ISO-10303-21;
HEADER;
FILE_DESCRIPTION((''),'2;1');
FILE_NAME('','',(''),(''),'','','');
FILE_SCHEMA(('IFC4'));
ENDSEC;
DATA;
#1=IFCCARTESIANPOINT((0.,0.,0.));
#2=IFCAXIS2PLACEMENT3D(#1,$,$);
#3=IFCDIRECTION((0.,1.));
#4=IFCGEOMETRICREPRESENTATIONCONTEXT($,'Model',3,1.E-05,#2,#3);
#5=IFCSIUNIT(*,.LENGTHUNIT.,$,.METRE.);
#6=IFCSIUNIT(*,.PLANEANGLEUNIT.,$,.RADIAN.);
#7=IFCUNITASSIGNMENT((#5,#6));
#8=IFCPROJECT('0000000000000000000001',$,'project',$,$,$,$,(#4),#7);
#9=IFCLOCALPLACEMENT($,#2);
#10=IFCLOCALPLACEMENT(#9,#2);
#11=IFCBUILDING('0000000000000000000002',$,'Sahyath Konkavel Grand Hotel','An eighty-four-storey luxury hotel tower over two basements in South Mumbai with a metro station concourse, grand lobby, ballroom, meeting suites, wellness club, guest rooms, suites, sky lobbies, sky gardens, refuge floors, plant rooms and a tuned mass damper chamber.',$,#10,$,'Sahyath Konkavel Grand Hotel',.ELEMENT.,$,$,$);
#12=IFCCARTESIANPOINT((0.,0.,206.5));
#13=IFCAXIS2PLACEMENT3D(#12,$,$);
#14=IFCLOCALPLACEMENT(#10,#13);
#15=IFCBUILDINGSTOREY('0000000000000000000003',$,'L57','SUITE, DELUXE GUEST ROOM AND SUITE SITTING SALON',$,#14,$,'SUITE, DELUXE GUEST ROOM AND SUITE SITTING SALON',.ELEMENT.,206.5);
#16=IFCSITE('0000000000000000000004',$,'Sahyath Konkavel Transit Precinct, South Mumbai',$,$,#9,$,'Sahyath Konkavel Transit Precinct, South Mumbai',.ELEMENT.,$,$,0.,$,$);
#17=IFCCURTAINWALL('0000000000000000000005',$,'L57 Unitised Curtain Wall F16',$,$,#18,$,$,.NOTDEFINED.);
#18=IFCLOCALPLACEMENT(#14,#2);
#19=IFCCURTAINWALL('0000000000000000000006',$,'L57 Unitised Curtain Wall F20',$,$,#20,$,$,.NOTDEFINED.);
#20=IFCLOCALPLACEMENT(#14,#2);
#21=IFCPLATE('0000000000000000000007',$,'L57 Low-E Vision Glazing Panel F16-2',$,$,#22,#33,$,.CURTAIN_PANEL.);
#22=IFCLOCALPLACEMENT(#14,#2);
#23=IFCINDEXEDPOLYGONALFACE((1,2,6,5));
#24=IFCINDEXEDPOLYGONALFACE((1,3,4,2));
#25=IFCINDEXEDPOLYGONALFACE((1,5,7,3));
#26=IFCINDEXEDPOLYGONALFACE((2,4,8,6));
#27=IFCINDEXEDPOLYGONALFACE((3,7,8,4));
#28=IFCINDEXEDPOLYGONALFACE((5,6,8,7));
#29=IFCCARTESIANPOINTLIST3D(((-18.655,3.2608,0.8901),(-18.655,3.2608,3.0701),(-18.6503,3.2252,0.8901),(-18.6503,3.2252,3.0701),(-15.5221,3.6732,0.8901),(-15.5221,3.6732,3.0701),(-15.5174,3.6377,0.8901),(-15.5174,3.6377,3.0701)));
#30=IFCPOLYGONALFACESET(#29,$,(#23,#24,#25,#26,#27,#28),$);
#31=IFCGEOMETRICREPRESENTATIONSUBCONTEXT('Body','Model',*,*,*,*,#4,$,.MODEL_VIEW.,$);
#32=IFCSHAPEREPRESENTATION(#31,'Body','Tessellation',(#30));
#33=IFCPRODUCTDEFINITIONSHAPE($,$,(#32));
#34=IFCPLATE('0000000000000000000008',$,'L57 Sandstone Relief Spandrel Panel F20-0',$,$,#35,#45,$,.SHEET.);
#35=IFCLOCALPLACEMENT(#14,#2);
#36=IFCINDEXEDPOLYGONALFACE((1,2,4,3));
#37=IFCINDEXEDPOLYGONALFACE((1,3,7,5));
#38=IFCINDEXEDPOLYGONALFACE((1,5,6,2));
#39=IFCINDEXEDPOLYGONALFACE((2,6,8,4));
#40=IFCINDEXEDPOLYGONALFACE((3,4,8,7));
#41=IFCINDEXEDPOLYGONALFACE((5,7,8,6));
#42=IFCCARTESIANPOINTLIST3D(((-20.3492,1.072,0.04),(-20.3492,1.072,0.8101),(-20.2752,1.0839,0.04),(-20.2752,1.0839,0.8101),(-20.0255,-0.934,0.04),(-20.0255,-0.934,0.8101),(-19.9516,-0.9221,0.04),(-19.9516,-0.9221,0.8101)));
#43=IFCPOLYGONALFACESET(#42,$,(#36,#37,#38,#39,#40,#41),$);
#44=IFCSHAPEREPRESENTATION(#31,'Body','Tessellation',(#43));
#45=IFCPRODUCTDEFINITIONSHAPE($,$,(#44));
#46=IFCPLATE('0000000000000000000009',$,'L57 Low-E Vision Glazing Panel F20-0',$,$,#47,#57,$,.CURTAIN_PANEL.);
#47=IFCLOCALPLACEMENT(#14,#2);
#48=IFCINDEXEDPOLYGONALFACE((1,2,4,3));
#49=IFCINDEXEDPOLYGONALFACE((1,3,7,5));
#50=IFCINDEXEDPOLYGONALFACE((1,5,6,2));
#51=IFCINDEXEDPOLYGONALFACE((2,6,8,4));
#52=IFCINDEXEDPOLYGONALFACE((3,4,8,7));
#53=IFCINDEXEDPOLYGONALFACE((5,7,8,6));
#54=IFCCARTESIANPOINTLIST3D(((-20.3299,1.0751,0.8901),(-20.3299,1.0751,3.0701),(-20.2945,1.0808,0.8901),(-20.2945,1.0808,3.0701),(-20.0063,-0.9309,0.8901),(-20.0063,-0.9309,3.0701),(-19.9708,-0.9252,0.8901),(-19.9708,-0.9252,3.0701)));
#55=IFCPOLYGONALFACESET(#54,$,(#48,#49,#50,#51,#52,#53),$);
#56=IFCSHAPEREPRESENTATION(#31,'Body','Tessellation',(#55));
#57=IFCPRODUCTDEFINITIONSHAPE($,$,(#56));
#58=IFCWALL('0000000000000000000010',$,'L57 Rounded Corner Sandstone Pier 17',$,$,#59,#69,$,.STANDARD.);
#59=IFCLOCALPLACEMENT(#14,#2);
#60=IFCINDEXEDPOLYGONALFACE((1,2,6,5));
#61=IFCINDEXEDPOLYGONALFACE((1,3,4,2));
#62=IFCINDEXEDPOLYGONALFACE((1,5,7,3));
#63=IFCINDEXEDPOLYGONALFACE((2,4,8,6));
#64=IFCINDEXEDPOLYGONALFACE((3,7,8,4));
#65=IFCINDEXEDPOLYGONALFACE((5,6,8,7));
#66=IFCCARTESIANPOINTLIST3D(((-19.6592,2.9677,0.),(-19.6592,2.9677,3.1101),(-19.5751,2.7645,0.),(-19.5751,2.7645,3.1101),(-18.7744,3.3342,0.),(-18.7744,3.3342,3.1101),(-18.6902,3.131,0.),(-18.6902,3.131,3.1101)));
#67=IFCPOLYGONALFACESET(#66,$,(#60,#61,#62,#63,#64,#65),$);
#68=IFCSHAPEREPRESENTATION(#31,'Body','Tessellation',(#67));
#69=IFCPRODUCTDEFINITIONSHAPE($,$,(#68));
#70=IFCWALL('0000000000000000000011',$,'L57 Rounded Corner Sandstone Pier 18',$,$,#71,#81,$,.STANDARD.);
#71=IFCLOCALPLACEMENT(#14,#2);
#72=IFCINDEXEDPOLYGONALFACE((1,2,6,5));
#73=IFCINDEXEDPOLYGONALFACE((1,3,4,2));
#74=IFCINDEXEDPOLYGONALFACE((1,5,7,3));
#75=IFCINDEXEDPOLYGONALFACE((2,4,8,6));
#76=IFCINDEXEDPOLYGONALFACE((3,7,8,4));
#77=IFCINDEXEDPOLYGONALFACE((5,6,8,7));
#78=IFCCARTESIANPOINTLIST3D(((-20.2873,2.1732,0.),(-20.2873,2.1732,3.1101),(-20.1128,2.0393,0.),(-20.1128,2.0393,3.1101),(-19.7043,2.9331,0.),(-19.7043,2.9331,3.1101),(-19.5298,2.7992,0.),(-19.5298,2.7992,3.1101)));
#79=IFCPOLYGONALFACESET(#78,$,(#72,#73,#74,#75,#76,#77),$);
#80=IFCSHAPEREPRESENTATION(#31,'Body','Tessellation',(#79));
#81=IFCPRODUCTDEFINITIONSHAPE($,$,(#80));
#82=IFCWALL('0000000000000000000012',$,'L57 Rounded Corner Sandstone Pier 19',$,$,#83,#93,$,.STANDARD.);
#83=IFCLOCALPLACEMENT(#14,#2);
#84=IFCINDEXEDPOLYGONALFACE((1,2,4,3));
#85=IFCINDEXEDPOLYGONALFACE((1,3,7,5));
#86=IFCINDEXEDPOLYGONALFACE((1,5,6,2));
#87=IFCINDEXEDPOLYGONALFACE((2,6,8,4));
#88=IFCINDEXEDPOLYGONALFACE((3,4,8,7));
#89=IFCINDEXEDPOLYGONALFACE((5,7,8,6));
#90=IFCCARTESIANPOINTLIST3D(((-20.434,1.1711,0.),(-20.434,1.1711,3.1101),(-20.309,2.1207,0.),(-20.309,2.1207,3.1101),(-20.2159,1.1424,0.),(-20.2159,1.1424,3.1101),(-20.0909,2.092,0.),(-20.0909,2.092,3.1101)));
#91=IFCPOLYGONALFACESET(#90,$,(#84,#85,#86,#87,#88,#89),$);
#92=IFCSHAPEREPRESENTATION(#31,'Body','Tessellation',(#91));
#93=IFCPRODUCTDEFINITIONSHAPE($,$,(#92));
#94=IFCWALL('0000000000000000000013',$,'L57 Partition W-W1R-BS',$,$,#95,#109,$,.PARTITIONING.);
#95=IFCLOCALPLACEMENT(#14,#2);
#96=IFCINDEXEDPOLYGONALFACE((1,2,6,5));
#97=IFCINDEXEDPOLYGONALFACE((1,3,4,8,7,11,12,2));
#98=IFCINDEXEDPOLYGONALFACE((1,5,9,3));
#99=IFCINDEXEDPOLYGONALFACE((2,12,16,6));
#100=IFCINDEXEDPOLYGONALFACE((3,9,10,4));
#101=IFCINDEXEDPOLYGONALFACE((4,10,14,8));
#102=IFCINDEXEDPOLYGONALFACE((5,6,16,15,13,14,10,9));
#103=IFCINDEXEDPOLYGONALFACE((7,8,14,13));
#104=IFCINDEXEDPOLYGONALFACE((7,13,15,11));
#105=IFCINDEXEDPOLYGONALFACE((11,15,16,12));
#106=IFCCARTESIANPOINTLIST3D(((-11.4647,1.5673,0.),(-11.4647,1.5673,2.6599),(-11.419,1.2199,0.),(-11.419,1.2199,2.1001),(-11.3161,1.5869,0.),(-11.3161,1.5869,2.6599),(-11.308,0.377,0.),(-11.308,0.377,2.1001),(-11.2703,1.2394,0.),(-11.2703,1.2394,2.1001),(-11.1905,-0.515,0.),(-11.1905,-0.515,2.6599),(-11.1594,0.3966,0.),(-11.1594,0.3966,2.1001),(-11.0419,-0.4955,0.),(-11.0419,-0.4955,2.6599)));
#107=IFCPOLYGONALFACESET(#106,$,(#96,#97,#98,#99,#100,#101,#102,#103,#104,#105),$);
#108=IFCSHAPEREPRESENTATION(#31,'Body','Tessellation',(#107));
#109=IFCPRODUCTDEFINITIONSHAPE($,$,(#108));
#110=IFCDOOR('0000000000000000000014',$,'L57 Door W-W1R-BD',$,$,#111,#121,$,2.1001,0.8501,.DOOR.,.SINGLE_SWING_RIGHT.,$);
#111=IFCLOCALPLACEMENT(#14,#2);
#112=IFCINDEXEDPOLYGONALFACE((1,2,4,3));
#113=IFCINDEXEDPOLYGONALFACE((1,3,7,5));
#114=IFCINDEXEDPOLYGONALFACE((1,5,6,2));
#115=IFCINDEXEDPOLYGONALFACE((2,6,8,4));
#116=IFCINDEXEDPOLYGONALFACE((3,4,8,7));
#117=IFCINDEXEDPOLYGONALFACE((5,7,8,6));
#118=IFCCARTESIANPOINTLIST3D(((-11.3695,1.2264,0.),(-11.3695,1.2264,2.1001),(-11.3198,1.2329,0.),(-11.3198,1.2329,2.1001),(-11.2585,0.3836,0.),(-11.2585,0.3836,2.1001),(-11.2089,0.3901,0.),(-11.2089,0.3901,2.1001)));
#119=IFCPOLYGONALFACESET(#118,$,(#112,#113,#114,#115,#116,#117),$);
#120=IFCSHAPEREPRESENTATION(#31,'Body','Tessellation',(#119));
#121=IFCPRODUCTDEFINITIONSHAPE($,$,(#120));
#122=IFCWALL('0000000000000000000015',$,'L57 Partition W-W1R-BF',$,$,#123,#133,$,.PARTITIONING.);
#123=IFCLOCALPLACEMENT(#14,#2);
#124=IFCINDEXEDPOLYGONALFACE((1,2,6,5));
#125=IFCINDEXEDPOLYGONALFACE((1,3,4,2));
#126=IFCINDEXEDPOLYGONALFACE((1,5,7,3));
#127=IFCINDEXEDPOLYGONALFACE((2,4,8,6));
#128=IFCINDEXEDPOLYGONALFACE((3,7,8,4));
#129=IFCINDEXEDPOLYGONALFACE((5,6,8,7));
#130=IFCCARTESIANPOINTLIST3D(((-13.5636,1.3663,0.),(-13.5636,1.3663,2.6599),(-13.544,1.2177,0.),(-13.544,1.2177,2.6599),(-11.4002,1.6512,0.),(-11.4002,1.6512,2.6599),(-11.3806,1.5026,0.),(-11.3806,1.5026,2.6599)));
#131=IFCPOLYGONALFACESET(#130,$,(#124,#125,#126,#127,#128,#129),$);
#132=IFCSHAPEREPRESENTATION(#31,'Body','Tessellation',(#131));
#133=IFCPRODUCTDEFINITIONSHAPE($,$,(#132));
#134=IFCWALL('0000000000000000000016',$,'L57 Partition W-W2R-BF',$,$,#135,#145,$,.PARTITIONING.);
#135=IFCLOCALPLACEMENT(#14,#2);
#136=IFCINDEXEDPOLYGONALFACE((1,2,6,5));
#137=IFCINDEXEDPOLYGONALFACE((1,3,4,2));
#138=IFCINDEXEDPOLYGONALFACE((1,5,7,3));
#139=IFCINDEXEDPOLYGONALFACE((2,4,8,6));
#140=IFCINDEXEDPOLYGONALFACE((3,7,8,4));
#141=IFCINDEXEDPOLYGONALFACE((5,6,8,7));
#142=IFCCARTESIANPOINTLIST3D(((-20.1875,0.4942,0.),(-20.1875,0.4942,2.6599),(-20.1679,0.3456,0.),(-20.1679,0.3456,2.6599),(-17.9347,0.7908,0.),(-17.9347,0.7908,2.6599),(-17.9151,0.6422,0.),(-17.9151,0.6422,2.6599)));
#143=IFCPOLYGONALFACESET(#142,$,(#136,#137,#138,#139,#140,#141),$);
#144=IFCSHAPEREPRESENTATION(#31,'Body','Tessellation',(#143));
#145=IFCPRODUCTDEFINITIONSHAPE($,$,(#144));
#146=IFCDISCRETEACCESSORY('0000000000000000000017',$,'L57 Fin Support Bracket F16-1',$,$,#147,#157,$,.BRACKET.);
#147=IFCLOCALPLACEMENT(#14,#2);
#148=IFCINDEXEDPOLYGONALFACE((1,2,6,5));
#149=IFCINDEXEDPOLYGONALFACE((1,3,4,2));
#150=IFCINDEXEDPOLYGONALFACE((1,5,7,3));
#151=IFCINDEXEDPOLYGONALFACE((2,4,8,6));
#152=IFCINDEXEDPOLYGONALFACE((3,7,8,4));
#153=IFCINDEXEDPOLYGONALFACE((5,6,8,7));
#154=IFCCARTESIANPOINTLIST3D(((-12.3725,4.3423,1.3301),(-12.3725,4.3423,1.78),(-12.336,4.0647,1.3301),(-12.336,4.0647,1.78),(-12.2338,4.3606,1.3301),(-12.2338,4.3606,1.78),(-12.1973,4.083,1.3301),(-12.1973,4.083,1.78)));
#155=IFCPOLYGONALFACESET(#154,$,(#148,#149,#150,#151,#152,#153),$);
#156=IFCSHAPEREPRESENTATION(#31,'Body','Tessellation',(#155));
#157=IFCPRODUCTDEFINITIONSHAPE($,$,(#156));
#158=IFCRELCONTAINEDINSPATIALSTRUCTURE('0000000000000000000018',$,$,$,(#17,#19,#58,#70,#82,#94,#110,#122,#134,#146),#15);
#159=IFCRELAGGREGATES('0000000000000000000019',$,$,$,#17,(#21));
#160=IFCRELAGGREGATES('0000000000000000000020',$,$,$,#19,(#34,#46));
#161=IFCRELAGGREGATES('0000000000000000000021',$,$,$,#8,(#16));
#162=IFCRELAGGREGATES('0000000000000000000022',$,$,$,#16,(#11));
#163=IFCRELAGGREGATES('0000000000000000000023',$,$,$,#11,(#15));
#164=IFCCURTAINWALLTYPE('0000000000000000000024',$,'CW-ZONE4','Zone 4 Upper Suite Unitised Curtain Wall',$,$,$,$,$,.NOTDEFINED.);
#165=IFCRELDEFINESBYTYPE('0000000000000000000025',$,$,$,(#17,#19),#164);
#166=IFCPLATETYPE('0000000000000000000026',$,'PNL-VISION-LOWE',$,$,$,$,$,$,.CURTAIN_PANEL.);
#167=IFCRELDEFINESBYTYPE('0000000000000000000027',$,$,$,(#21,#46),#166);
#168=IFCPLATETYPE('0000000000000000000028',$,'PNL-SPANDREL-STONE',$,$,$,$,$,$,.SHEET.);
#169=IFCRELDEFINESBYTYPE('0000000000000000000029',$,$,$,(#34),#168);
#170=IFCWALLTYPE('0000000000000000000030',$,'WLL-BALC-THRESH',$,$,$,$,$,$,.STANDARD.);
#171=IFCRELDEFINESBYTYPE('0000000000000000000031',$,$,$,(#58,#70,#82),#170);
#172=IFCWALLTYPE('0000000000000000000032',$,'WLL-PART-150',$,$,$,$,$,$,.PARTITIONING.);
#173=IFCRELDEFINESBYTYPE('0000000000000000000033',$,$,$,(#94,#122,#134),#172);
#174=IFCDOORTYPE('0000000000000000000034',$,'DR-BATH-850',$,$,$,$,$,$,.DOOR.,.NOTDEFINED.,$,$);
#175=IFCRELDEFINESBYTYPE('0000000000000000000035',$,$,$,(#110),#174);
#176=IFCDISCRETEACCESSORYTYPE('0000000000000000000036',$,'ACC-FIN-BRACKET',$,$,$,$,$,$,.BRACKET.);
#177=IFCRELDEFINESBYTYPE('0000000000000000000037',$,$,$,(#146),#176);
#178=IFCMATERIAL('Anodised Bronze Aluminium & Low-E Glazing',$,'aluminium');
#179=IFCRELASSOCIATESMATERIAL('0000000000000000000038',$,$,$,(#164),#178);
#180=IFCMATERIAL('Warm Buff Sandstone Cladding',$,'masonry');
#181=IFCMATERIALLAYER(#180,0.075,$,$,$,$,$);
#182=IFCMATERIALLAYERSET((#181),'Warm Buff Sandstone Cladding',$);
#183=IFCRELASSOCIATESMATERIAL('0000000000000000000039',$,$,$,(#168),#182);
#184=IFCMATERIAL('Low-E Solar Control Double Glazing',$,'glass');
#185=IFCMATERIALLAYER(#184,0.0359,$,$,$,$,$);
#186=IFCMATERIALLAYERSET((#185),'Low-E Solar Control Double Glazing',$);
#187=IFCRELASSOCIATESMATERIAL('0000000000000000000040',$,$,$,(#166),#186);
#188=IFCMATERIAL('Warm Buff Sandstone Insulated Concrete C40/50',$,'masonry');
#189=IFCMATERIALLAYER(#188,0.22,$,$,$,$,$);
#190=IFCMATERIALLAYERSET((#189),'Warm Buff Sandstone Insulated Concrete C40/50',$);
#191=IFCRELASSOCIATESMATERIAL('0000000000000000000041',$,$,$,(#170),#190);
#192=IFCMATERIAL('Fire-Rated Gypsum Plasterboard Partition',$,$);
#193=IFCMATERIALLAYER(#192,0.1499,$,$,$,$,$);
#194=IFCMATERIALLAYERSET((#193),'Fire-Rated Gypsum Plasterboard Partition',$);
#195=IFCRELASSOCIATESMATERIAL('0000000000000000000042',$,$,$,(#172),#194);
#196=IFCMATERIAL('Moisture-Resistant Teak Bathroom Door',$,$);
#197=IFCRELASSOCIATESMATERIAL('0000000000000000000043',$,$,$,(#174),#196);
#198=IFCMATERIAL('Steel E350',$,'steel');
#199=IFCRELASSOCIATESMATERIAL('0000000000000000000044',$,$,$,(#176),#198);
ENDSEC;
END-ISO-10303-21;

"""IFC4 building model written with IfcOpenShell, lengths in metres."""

from ifc_helpers import new_model, si_unit, direction, frame, frame_2d, origin, origin_2d, place, context, subcontext, project, spatial, rectangle, extrude, source, transform, mapped, material, layer, layer_set, type_object, element, fill, aggregate, save


model = new_model("IFC4")

# Units and contexts
model_context = context("Model", 3, precision=1e-05, world=origin(), true_north=direction((0.0, 1.0)))
body_context = subcontext(model_context, "Body", "Model", "MODEL_VIEW")
ifc_project = project(units=[si_unit("LENGTHUNIT", "METRE"), si_unit("PLANEANGLEUNIT", "RADIAN")], contexts=[model_context])

# Site, building, storey
site_placement = place(None, origin())
site = spatial("IfcSite", under=ifc_project, at=site_placement, Name="Sahyath Konkavel Transit Precinct, South Mumbai", LongName="Sahyath Konkavel Transit Precinct, South Mumbai", CompositionType="ELEMENT", RefElevation=0.0)
building_placement = place(site_placement, origin())
building = spatial("IfcBuilding", under=site, at=building_placement, Name="Sahyath Konkavel Grand Hotel", Description="An eighty-four-storey luxury hotel tower over two basements in South Mumbai with a metro station concourse, grand lobby, ballroom, meeting suites, wellness club, guest rooms, suites, sky lobbies, sky gardens, refuge floors, plant rooms and a tuned mass damper chamber.", LongName="Sahyath Konkavel Grand Hotel", CompositionType="ELEMENT")
storey_placement = place(building_placement, frame((0.0, 0.0, 206.5)))
storey = spatial("IfcBuildingStorey", under=building, at=storey_placement, Name="L57", Description="SUITE, DELUXE GUEST ROOM AND SUITE SITTING SALON", LongName="SUITE, DELUXE GUEST ROOM AND SUITE SITTING SALON", CompositionType="ELEMENT", Elevation=206.5)

# Shared definitions
ifc_material_1 = material(Name="Steel E350", Category="steel")

# Curtain wall
ifc_material_2 = material(Name="Anodised Bronze Aluminium & Low-E Glazing", Category="aluminium")
curtain_wall_type = type_object("IfcCurtainWallType", Name="CW-ZONE4", Description="Zone 4 Upper Suite Unitised Curtain Wall", PredefinedType="NOTDEFINED", material=ifc_material_2)
curtain_wall_1_placement = place(storey_placement, origin())
curtain_wall_1 = element("IfcCurtainWall", 1, at=curtain_wall_1_placement, inside=storey, type_object=curtain_wall_type, Name="L57 Unitised Curtain Wall F16", PredefinedType="NOTDEFINED")

# Curtain wall
curtain_wall_2_placement = place(storey_placement, origin())
curtain_wall_2 = element("IfcCurtainWall", 2, at=curtain_wall_2_placement, inside=storey, type_object=curtain_wall_type, Name="L57 Unitised Curtain Wall F20", PredefinedType="NOTDEFINED")

# Plates
ifc_material_3 = material(Name="Warm Buff Sandstone Cladding", Category="masonry")
ifc_layer_1 = layer(ifc_material_3, 0.075)
ifc_layer_set_1 = layer_set([ifc_layer_1], Name="Warm Buff Sandstone Cladding")
plate_type_1 = type_object("IfcPlateType", Name="PNL-SPANDREL-STONE", PredefinedType="SHEET", material=ifc_layer_set_1)
ifc_material_4 = material(Name="Low-E Solar Control Double Glazing", Category="glass")
ifc_layer_2 = layer(ifc_material_4, 0.0359)
ifc_layer_set_2 = layer_set([ifc_layer_2], Name="Low-E Solar Control Double Glazing")
plate_type_2 = type_object("IfcPlateType", Name="PNL-VISION-LOWE", PredefinedType="CURTAIN_PANEL", material=ifc_layer_set_2)
shared_shape_1 = source(origin(), body_context, "Body", "SweptSolid", [
    extrude(rectangle(XDim=3.1599, YDim=0.0359, at=origin_2d()), origin(), (0.0, 0.0, 1.0), 2.1799),
])
plate_1_placement = place(storey_placement, frame((-17.0862, 3.4492, 0.8901), z_axis=(0.0, 0.0, 1.0), x_axis=(-0.991445, -0.130526, 0.0)))
plate_1 = element("IfcPlate", 3, at=plate_1_placement, type_object=plate_type_2, Name="L57 Low-E Vision Glazing Panel F16-2", PredefinedType="CURTAIN_PANEL", context=body_context, shape_type="MappedRepresentation", body=[
    mapped(shared_shape_1, transform((0.0, 0.0, 0.0), scale=1.0)),
])
aggregate(curtain_wall_1, [plate_1])
shared_shape_2 = source(origin(), body_context, "Body", "SweptSolid", [
    extrude(rectangle(XDim=2.032, YDim=0.075, at=origin_2d()), origin(), (0.0, 0.0, 1.0), 0.77),
])
plate_2_placement = place(storey_placement, frame((-20.1504, 0.075, 0.04), z_axis=(0.0, 0.0, 1.0), x_axis=(0.159295, -0.987231, 0.0)))
plate_2 = element("IfcPlate", 4, at=plate_2_placement, type_object=plate_type_1, Name="L57 Sandstone Relief Spandrel Panel F20-0", PredefinedType="SHEET", context=body_context, shape_type="MappedRepresentation", body=[
    mapped(shared_shape_2, transform((0.0, 0.0, 0.0), scale=1.0)),
])
shared_shape_3 = source(origin(), body_context, "Body", "SweptSolid", [
    extrude(rectangle(XDim=2.032, YDim=0.0359, at=origin_2d()), origin(), (0.0, 0.0, 1.0), 2.1799),
])
plate_3_placement = place(storey_placement, frame((-20.1504, 0.075, 0.8901), z_axis=(0.0, 0.0, 1.0), x_axis=(0.159295, -0.987231, 0.0)))
plate_3 = element("IfcPlate", 5, at=plate_3_placement, type_object=plate_type_2, Name="L57 Low-E Vision Glazing Panel F20-0", PredefinedType="CURTAIN_PANEL", context=body_context, shape_type="MappedRepresentation", body=[
    mapped(shared_shape_3, transform((0.0, 0.0, 0.0), scale=1.0)),
])
aggregate(curtain_wall_2, [plate_2, plate_3])

# Walls
ifc_material_5 = material(Name="Warm Buff Sandstone Insulated Concrete C40/50", Category="masonry")
ifc_layer_3 = layer(ifc_material_5, 0.22)
ifc_layer_set_3 = layer_set([ifc_layer_3], Name="Warm Buff Sandstone Insulated Concrete C40/50")
wall_type_1 = type_object("IfcWallType", Name="WLL-BALC-THRESH", PredefinedType="STANDARD", material=ifc_layer_set_3)
for number, where, z_axis, x_axis, name in (
    (6, (-18.7322, 3.2327, 0.0), (0.0, 0.0, 1.0), (-0.923889, -0.38266, 0.0), "L57 Rounded Corner Sandstone Pier 17"),
    (7, (-19.6169, 2.8662, 0.0), (0.0, 0.0, 1.0), (-0.608774, -0.793344, 0.0), "L57 Rounded Corner Sandstone Pier 18"),
    (8, (-20.2, 2.1064, 0.0), (0.0, 0.0, 1.0), (-0.130527, -0.991445, 0.0), "L57 Rounded Corner Sandstone Pier 19"),
):
    element("IfcWall", number, at=place(storey_placement, frame(where, z_axis=z_axis, x_axis=x_axis)), inside=storey, type_object=wall_type_1, Name=name, PredefinedType="STANDARD", context=body_context, shape_type="SweptSolid", body=[
        extrude(rectangle(XDim=0.9578, YDim=0.22, at=frame_2d((0.479, 0.0))), origin(), (0.0, 0.0, 1.0), 3.1101),
    ])

# Wall, opening, door
ifc_material_6 = material(Name="Fire-Rated Gypsum Plasterboard Partition")
ifc_layer_4 = layer(ifc_material_6, 0.1499)
ifc_layer_set_4 = layer_set([ifc_layer_4], Name="Fire-Rated Gypsum Plasterboard Partition")
wall_type_2 = type_object("IfcWallType", Name="WLL-PART-150", PredefinedType="PARTITIONING", material=ifc_layer_set_4)
wall_1_placement = place(storey_placement, frame((-11.1162, -0.5054, 0.0), z_axis=(0.0, 0.0, 1.0), x_axis=(-0.130542, 0.991443, 0.0)))
wall_1 = element("IfcWall", 9, at=wall_1_placement, inside=storey, type_object=wall_type_2, Name="L57 Partition W-W1R-BS", PredefinedType="PARTITIONING", context=body_context, shape_type="SweptSolid", body=[
    extrude(rectangle(XDim=2.1003, YDim=0.1499, at=frame_2d((1.0503, 0.0))), origin(), (0.0, 0.0, 1.0), 2.6599),
])
opening_placement = place(wall_1_placement, frame((0.8999, 0.0, 0.0)))
opening = element("IfcOpeningElement", 10, at=opening_placement, cuts=wall_1, PredefinedType="OPENING", context=body_context, shape_type="SweptSolid", body=[
    extrude(rectangle(XDim=0.8501, YDim=2.1001, at=frame_2d((0.425, 1.05))), frame((0.0, 0.085, 0.0), z_axis=(0.0, -1.0, 0.0), x_axis=(1.0, 0.0, 0.0)), (0.0, 0.0, 1.0), 0.1699),
])
ifc_material_7 = material(Name="Moisture-Resistant Teak Bathroom Door")
door_type = type_object("IfcDoorType", Name="DR-BATH-850", OperationType="NOTDEFINED", PredefinedType="DOOR", material=ifc_material_7)
shared_shape_4 = source(origin(), body_context, "Body", "SweptSolid", [
    extrude(rectangle(XDim=0.8501, YDim=0.05, at=origin_2d()), origin(), (0.0, 0.0, 1.0), 2.1001),
])
door_placement = place(opening_placement, frame((0.425, 0.0, 0.0)))
door = element("IfcDoor", 11, at=door_placement, inside=storey, type_object=door_type, Name="L57 Door W-W1R-BD", OperationType="SINGLE_SWING_RIGHT", OverallHeight=2.1001, OverallWidth=0.8501, PredefinedType="DOOR", context=body_context, shape_type="MappedRepresentation", body=[
    mapped(shared_shape_4, transform((0.0, 0.0, 0.0), scale=1.0)),
])
fill(opening, door)

# Walls
wall_2_placement = place(storey_placement, frame((-11.3904, 1.5769, 0.0), z_axis=(0.0, 0.0, 1.0), x_axis=(-0.991439, -0.130573, 0.0)))
element("IfcWall", 12, at=wall_2_placement, inside=storey, type_object=wall_type_2, Name="L57 Partition W-W1R-BF", PredefinedType="PARTITIONING", context=body_context, shape_type="SweptSolid", body=[
    extrude(rectangle(XDim=2.1821, YDim=0.1499, at=frame_2d((1.0911, 0.0))), origin(), (0.0, 0.0, 1.0), 2.6599),
])
wall_3_placement = place(storey_placement, frame((-17.9248, 0.7166, 0.0), z_axis=(0.0, 0.0, 1.0), x_axis=(-0.991441, -0.130552, 0.0)))
element("IfcWall", 13, at=wall_3_placement, inside=storey, type_object=wall_type_2, Name="L57 Partition W-W2R-BF", PredefinedType="PARTITIONING", context=body_context, shape_type="SweptSolid", body=[
    extrude(rectangle(XDim=2.2722, YDim=0.1499, at=frame_2d((1.1362, 0.0))), origin(), (0.0, 0.0, 1.0), 2.6599),
])

# Discrete accessory
discrete_accessory_type = type_object("IfcDiscreteAccessoryType", Name="ACC-FIN-BRACKET", PredefinedType="BRACKET", material=ifc_material_1)
shared_shape_5 = source(origin(), body_context, "Body", "SweptSolid", [
    extrude(rectangle(XDim=0.28, YDim=0.1399, at=origin_2d()), origin(), (0.0, 0.0, 1.0), 0.45),
])
discrete_accessory_placement = place(storey_placement, frame((-12.2849, 4.2126, 1.3301), z_axis=(0.0, 0.0, 1.0), x_axis=(-0.130526, 0.991445, 0.0)))
element("IfcDiscreteAccessory", 14, at=discrete_accessory_placement, inside=storey, type_object=discrete_accessory_type, Name="L57 Fin Support Bracket F16-1", PredefinedType="BRACKET", context=body_context, shape_type="MappedRepresentation", body=[
    mapped(shared_shape_5, transform((0.0, 0.0, 0.0), scale=1.0)),
])

save(model, "model.ifc")
